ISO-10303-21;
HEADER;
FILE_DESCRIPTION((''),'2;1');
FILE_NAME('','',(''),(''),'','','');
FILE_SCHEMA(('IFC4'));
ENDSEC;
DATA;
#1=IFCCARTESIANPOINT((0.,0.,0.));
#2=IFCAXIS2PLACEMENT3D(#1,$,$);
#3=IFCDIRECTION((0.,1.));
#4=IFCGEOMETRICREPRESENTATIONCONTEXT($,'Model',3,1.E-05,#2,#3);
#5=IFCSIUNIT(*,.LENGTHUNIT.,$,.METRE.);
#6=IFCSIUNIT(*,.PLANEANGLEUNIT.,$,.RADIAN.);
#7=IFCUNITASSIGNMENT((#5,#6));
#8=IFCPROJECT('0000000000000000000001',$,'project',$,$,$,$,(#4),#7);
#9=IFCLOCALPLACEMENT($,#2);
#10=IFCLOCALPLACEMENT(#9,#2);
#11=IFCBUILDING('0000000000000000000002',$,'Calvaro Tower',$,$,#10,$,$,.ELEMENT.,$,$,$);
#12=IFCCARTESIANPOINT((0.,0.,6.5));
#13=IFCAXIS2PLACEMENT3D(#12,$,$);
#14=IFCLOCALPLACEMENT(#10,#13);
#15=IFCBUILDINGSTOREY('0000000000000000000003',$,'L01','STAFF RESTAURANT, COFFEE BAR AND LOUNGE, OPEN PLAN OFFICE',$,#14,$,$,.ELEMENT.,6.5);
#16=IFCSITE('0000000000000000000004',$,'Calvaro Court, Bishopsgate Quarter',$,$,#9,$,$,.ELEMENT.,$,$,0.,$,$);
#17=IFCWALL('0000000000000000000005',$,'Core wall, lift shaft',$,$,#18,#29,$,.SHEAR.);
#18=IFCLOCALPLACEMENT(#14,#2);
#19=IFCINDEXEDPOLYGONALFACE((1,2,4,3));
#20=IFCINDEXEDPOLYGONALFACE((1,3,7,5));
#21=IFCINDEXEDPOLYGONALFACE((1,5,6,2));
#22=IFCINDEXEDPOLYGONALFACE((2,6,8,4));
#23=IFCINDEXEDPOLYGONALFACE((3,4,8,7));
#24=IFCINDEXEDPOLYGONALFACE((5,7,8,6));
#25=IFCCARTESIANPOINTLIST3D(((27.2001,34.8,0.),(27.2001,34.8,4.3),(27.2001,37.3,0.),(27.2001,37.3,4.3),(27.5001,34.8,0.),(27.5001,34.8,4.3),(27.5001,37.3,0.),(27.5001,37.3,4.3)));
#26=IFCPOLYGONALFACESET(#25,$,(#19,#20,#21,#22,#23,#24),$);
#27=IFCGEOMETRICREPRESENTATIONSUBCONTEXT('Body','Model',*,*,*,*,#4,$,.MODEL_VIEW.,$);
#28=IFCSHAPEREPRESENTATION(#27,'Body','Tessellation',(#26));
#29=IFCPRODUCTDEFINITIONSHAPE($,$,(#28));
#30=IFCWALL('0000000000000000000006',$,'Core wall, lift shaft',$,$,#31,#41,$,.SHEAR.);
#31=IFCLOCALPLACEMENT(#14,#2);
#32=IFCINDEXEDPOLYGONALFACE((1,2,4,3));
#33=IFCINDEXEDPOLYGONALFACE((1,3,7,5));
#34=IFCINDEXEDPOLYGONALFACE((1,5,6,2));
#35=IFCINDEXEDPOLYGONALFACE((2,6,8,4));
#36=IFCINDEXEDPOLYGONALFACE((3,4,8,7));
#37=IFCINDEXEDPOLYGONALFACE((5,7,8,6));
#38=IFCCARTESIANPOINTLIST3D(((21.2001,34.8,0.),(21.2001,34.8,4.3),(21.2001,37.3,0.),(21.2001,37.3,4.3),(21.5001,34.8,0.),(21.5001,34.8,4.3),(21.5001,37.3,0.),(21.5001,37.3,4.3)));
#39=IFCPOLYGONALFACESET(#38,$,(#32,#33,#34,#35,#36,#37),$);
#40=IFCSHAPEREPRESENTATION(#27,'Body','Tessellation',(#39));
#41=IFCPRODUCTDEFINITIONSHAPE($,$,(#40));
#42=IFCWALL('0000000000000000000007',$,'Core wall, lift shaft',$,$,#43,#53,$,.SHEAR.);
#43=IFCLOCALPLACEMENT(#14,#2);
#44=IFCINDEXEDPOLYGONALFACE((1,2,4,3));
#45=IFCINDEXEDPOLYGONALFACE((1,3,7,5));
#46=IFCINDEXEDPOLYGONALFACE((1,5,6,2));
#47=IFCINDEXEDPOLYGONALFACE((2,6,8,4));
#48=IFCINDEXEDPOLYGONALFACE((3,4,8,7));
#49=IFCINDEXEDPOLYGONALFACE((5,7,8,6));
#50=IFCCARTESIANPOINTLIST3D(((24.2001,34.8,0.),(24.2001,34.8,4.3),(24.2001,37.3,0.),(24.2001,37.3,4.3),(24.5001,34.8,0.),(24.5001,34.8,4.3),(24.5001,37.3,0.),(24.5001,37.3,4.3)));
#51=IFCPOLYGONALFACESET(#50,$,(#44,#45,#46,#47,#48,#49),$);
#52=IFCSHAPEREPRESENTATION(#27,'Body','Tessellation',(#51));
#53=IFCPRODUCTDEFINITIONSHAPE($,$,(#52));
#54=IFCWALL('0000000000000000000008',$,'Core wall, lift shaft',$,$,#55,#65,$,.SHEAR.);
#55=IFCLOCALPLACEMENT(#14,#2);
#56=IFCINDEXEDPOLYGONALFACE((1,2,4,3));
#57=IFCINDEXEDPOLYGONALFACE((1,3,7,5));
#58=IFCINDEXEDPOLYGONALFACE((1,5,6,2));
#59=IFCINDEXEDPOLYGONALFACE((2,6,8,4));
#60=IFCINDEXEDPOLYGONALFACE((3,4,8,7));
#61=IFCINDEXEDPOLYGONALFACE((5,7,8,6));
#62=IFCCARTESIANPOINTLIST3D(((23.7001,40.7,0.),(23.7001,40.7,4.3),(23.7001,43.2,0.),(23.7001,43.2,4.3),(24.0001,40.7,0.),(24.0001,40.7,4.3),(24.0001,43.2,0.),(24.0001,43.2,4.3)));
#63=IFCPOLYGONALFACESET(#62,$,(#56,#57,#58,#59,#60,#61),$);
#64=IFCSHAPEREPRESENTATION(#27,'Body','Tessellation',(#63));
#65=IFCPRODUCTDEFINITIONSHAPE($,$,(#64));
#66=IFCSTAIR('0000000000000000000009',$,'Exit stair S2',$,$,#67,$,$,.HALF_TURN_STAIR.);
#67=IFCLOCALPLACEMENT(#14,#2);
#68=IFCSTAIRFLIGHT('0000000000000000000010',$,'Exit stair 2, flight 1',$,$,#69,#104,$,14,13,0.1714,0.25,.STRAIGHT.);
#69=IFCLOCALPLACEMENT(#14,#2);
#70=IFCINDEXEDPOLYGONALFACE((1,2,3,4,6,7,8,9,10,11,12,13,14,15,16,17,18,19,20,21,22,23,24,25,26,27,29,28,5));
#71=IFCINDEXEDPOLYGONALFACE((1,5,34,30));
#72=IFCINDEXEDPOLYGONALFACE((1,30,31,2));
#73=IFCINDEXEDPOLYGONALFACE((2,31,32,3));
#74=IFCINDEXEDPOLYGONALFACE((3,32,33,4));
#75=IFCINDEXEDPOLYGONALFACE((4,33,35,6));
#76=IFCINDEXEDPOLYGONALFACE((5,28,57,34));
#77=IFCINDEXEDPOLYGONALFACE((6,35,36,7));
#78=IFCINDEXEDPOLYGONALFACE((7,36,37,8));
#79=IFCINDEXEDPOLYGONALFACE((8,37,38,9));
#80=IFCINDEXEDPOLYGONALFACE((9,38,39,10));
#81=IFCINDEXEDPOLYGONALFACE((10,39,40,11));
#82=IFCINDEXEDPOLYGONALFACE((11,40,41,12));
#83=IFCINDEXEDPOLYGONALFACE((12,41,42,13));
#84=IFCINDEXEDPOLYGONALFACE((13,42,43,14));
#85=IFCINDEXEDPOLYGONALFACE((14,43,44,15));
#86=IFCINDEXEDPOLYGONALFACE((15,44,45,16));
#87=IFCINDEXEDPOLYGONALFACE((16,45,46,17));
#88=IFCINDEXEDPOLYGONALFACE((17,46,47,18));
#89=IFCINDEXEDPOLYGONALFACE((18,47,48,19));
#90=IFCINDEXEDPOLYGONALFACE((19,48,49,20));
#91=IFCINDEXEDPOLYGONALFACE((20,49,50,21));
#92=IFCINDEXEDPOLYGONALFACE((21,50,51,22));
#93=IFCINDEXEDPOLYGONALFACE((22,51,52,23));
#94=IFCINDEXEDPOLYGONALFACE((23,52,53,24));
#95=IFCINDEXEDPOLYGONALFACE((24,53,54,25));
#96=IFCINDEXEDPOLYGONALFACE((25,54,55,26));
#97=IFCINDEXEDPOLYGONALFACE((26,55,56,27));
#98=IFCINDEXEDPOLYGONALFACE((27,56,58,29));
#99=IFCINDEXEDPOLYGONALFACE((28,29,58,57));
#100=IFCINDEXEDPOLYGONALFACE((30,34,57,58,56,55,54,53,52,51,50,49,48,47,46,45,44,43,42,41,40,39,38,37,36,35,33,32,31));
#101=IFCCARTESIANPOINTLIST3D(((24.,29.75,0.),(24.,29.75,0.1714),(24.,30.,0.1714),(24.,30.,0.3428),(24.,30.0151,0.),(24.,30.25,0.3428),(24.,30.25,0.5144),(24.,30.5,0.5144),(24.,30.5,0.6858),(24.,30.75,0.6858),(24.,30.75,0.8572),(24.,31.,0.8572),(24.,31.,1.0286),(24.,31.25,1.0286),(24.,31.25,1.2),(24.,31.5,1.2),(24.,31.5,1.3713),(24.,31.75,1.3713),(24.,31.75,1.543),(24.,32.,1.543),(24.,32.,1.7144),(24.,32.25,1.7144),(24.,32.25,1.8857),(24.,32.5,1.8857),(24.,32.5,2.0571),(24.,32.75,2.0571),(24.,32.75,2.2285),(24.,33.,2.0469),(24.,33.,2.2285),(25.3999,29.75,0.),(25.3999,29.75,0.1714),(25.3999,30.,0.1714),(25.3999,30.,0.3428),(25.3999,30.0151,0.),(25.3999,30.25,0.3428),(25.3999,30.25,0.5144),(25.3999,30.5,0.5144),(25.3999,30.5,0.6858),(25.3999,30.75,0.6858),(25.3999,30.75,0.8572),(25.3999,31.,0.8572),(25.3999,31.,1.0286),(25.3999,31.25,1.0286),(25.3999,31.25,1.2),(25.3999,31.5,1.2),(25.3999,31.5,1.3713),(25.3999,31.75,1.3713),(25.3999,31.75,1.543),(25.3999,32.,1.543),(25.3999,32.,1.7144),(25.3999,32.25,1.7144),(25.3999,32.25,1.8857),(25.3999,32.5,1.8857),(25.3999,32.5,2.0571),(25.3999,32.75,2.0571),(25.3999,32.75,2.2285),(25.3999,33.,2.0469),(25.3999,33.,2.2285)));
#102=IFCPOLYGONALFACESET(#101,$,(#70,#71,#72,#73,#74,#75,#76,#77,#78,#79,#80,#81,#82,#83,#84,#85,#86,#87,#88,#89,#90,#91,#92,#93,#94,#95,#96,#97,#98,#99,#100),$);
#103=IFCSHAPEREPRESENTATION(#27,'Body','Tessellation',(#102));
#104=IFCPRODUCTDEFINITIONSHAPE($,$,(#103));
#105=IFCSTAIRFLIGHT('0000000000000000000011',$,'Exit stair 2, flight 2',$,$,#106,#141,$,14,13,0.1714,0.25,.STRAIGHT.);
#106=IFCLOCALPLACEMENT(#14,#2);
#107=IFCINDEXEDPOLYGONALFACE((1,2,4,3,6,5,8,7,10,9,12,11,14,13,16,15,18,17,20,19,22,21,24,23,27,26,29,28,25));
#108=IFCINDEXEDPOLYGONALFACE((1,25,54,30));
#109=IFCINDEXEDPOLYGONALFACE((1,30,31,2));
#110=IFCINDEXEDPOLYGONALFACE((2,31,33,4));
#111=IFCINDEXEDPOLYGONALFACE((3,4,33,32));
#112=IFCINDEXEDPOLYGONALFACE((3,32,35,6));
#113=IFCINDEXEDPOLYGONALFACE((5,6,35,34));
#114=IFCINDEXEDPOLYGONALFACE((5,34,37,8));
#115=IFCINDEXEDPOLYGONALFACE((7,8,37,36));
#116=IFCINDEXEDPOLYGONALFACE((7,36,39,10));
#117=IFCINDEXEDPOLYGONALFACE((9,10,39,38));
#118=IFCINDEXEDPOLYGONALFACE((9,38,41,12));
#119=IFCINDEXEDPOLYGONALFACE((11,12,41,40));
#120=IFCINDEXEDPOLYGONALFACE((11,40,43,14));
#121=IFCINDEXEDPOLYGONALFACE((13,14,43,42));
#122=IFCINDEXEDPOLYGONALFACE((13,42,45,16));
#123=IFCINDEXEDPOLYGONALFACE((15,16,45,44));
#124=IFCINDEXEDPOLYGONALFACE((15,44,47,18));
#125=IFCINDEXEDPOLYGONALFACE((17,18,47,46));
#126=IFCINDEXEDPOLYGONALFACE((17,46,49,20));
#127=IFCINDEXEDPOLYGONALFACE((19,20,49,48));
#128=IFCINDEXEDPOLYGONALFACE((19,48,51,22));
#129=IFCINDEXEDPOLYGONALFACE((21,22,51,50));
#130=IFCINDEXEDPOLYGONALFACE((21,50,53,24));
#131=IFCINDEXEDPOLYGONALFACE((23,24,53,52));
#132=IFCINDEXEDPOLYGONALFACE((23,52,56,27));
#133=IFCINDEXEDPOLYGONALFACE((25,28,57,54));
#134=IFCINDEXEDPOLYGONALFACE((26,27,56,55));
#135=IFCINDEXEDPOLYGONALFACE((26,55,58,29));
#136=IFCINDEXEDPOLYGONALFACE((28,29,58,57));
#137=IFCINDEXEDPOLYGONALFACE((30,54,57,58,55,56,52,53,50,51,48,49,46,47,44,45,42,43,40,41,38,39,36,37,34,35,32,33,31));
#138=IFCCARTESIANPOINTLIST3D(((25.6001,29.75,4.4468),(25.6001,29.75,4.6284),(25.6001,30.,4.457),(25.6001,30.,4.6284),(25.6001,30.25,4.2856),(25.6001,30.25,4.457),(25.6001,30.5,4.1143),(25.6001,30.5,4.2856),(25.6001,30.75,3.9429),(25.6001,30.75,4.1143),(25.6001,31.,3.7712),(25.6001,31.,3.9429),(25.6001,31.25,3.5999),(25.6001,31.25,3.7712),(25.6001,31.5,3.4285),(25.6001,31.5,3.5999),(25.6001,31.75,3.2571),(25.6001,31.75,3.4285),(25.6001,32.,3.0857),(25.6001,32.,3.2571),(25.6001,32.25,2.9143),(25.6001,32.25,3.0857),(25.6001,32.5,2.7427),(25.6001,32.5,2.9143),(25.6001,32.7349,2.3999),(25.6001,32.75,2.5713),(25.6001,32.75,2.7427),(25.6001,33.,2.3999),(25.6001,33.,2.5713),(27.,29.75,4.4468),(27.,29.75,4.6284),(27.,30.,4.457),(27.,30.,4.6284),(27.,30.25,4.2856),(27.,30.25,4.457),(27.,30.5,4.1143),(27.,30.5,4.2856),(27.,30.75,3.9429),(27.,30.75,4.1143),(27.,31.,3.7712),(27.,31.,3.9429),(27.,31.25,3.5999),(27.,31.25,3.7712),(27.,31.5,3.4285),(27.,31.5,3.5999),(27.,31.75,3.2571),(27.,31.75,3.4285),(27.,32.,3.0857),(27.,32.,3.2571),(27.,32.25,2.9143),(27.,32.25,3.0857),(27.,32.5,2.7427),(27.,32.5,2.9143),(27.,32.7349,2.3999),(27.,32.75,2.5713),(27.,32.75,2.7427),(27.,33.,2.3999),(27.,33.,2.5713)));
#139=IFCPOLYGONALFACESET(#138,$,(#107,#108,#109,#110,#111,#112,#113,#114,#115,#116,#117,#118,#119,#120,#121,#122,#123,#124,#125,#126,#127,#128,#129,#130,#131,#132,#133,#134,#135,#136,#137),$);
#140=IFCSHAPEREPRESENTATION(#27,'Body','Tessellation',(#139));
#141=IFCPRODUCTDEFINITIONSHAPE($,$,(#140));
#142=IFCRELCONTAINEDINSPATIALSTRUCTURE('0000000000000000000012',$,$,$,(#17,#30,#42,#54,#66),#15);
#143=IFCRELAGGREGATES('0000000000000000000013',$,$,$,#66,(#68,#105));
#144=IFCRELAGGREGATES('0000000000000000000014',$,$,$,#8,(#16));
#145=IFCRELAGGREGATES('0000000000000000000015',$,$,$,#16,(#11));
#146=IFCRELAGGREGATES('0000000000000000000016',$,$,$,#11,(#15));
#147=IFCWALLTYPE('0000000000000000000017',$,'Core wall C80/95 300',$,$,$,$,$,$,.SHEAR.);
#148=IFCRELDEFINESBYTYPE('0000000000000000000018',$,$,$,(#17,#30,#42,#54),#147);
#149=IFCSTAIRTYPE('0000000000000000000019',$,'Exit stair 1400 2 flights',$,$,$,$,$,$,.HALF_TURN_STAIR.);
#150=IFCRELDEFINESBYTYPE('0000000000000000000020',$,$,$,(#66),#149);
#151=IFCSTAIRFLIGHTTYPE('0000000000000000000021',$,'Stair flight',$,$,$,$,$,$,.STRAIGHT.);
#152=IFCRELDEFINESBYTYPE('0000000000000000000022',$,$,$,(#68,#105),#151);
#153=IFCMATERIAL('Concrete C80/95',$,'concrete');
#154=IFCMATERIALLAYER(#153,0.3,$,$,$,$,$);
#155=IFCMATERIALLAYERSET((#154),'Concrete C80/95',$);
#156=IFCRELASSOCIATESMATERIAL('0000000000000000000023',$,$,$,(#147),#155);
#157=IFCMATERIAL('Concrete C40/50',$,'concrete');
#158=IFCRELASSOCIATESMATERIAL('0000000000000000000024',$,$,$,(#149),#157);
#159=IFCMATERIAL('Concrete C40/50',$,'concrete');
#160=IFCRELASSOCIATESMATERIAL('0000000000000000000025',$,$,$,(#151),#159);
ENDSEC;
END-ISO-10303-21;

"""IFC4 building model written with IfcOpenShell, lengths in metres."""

from ifc_helpers import new_model, si_unit, direction, frame, frame_2d, origin, place, context, subcontext, project, spatial, polyline, rectangle, outline, extrude, material, layer, layer_set, type_object, element, aggregate, save


model = new_model("IFC4")

# Units and contexts
model_context = context("Model", 3, precision=1e-05, world=origin(), true_north=direction((0.0, 1.0)))
body_context = subcontext(model_context, "Body", "Model", "MODEL_VIEW")
ifc_project = project(units=[si_unit("LENGTHUNIT", "METRE"), si_unit("PLANEANGLEUNIT", "RADIAN")], contexts=[model_context])

# Site, building, storey
site_placement = place(None, origin())
site = spatial("IfcSite", under=ifc_project, at=site_placement, Name="Calvaro Court, Bishopsgate Quarter", CompositionType="ELEMENT", RefElevation=0.0)
building_placement = place(site_placement, origin())
building = spatial("IfcBuilding", under=site, at=building_placement, Name="Calvaro Tower", CompositionType="ELEMENT")
storey_placement = place(building_placement, frame((0.0, 0.0, 6.5)))
storey = spatial("IfcBuildingStorey", under=building, at=storey_placement, Name="L01", Description="STAFF RESTAURANT, COFFEE BAR AND LOUNGE, OPEN PLAN OFFICE", CompositionType="ELEMENT", Elevation=6.5)

# Walls
ifc_material_1 = material(Name="Concrete C80/95", Category="concrete")
ifc_layer = layer(ifc_material_1, 0.3)
ifc_layer_set = layer_set([ifc_layer], Name="Concrete C80/95")
wall_type = type_object("IfcWallType", Name="Core wall C80/95 300", PredefinedType="SHEAR", material=ifc_layer_set)
for number, where, z_axis, x_axis, name in (
    (1, (27.3501, 34.8, 0.0), (0.0, 0.0, 1.0), (0.0, 1.0, 0.0), "Core wall, lift shaft"),
    (2, (21.3501, 34.8, 0.0), (0.0, 0.0, 1.0), (0.0, 1.0, 0.0), "Core wall, lift shaft"),
    (3, (24.3501, 34.8, 0.0), (0.0, 0.0, 1.0), (0.0, 1.0, 0.0), "Core wall, lift shaft"),
    (4, (23.8501, 40.7, 0.0), (0.0, 0.0, 1.0), (0.0, 1.0, 0.0), "Core wall, lift shaft"),
):
    element("IfcWall", number, at=place(storey_placement, frame(where, z_axis=z_axis, x_axis=x_axis)), inside=storey, type_object=wall_type, Name=name, PredefinedType="SHEAR", context=body_context, shape_type="SweptSolid", body=[
        extrude(rectangle(XDim=2.5, YDim=0.3, at=frame_2d((1.25, 0.0))), origin(), (0.0, 0.0, 1.0), 4.3),
    ])

# Stair, stair flights
ifc_material_2 = material(Name="Concrete C40/50", Category="concrete")
stair_type = type_object("IfcStairType", Name="Exit stair 1400 2 flights", PredefinedType="HALF_TURN_STAIR", material=ifc_material_2)
stair_placement = place(storey_placement, origin())
stair = element("IfcStair", 5, at=stair_placement, inside=storey, type_object=stair_type, Name="Exit stair S2", PredefinedType="HALF_TURN_STAIR")
ifc_material_3 = material(Name="Concrete C40/50", Category="concrete")
stair_flight_type = type_object("IfcStairFlightType", Name="Stair flight", PredefinedType="STRAIGHT", material=ifc_material_3)
stair_flight_1_placement = place(storey_placement, frame((24.7, 29.75, 0.0), z_axis=(0.0, 0.0, 1.0), x_axis=(0.0, 1.0, 0.0)))
stair_flight_1 = element("IfcStairFlight", 6, at=stair_flight_1_placement, type_object=stair_flight_type, Name="Exit stair 2, flight 1", NumberOfRisers=14, NumberOfTreads=13, PredefinedType="STRAIGHT", RiserHeight=0.1714, TreadLength=0.25, context=body_context, shape_type="SweptSolid", body=[
    extrude(outline(polyline([(0.0, 0.0), (0.0, 0.1714), (0.25, 0.1714), (0.25, 0.3428), (0.5, 0.3428), (0.5, 0.5144), (0.75, 0.5144), (0.75, 0.6858), (1.0, 0.6858), (1.0, 0.8572), (1.25, 0.8572), (1.25, 1.0286), (1.5, 1.0286), (1.5, 1.2), (1.75, 1.2), (1.75, 1.3713), (2.0, 1.3713), (2.0, 1.543), (2.25, 1.543), (2.25, 1.7144), (2.5, 1.7144), (2.5, 1.8857), (2.75, 1.8857), (2.75, 2.0571), (3.0, 2.0571), (3.0, 2.2285), (3.25, 2.2285), (3.25, 2.3999), (3.25, 2.0469), (0.2651, 0.0), (0.0, 0.0)])), frame((0.0, 0.7, 0.0), z_axis=(0.0, -1.0, 0.0), x_axis=(1.0, 0.0, 0.0)), (0.0, 0.0, 1.0), 1.3999),
])
stair_flight_2_placement = place(storey_placement, frame((26.3, 33.0, 2.3999), z_axis=(0.0, 0.0, 1.0), x_axis=(0.0, -1.0, 0.0)))
stair_flight_2 = element("IfcStairFlight", 7, at=stair_flight_2_placement, type_object=stair_flight_type, Name="Exit stair 2, flight 2", NumberOfRisers=14, NumberOfTreads=13, PredefinedType="STRAIGHT", RiserHeight=0.1714, TreadLength=0.25, context=body_context, shape_type="SweptSolid", body=[
    extrude(outline(polyline([(0.0, 0.0), (0.0, 0.1714), (0.25, 0.1714), (0.25, 0.3428), (0.5, 0.3428), (0.5, 0.5144), (0.75, 0.5144), (0.75, 0.6858), (1.0, 0.6858), (1.0, 0.8572), (1.25, 0.8572), (1.25, 1.0286), (1.5, 1.0286), (1.5, 1.2), (1.75, 1.2), (1.75, 1.3713), (2.0, 1.3713), (2.0, 1.543), (2.25, 1.543), (2.25, 1.7144), (2.5, 1.7144), (2.5, 1.8857), (2.75, 1.8857), (2.75, 2.0571), (3.0, 2.0571), (3.0, 2.2285), (3.25, 2.2285), (3.25, 2.3999), (3.25, 2.0469), (0.2651, 0.0), (0.0, 0.0)])), frame((0.0, 0.7, 0.0), z_axis=(0.0, -1.0, 0.0), x_axis=(1.0, 0.0, 0.0)), (0.0, 0.0, 1.0), 1.3999),
])
aggregate(stair, [stair_flight_1, stair_flight_2])

save(model, "model.ifc")
